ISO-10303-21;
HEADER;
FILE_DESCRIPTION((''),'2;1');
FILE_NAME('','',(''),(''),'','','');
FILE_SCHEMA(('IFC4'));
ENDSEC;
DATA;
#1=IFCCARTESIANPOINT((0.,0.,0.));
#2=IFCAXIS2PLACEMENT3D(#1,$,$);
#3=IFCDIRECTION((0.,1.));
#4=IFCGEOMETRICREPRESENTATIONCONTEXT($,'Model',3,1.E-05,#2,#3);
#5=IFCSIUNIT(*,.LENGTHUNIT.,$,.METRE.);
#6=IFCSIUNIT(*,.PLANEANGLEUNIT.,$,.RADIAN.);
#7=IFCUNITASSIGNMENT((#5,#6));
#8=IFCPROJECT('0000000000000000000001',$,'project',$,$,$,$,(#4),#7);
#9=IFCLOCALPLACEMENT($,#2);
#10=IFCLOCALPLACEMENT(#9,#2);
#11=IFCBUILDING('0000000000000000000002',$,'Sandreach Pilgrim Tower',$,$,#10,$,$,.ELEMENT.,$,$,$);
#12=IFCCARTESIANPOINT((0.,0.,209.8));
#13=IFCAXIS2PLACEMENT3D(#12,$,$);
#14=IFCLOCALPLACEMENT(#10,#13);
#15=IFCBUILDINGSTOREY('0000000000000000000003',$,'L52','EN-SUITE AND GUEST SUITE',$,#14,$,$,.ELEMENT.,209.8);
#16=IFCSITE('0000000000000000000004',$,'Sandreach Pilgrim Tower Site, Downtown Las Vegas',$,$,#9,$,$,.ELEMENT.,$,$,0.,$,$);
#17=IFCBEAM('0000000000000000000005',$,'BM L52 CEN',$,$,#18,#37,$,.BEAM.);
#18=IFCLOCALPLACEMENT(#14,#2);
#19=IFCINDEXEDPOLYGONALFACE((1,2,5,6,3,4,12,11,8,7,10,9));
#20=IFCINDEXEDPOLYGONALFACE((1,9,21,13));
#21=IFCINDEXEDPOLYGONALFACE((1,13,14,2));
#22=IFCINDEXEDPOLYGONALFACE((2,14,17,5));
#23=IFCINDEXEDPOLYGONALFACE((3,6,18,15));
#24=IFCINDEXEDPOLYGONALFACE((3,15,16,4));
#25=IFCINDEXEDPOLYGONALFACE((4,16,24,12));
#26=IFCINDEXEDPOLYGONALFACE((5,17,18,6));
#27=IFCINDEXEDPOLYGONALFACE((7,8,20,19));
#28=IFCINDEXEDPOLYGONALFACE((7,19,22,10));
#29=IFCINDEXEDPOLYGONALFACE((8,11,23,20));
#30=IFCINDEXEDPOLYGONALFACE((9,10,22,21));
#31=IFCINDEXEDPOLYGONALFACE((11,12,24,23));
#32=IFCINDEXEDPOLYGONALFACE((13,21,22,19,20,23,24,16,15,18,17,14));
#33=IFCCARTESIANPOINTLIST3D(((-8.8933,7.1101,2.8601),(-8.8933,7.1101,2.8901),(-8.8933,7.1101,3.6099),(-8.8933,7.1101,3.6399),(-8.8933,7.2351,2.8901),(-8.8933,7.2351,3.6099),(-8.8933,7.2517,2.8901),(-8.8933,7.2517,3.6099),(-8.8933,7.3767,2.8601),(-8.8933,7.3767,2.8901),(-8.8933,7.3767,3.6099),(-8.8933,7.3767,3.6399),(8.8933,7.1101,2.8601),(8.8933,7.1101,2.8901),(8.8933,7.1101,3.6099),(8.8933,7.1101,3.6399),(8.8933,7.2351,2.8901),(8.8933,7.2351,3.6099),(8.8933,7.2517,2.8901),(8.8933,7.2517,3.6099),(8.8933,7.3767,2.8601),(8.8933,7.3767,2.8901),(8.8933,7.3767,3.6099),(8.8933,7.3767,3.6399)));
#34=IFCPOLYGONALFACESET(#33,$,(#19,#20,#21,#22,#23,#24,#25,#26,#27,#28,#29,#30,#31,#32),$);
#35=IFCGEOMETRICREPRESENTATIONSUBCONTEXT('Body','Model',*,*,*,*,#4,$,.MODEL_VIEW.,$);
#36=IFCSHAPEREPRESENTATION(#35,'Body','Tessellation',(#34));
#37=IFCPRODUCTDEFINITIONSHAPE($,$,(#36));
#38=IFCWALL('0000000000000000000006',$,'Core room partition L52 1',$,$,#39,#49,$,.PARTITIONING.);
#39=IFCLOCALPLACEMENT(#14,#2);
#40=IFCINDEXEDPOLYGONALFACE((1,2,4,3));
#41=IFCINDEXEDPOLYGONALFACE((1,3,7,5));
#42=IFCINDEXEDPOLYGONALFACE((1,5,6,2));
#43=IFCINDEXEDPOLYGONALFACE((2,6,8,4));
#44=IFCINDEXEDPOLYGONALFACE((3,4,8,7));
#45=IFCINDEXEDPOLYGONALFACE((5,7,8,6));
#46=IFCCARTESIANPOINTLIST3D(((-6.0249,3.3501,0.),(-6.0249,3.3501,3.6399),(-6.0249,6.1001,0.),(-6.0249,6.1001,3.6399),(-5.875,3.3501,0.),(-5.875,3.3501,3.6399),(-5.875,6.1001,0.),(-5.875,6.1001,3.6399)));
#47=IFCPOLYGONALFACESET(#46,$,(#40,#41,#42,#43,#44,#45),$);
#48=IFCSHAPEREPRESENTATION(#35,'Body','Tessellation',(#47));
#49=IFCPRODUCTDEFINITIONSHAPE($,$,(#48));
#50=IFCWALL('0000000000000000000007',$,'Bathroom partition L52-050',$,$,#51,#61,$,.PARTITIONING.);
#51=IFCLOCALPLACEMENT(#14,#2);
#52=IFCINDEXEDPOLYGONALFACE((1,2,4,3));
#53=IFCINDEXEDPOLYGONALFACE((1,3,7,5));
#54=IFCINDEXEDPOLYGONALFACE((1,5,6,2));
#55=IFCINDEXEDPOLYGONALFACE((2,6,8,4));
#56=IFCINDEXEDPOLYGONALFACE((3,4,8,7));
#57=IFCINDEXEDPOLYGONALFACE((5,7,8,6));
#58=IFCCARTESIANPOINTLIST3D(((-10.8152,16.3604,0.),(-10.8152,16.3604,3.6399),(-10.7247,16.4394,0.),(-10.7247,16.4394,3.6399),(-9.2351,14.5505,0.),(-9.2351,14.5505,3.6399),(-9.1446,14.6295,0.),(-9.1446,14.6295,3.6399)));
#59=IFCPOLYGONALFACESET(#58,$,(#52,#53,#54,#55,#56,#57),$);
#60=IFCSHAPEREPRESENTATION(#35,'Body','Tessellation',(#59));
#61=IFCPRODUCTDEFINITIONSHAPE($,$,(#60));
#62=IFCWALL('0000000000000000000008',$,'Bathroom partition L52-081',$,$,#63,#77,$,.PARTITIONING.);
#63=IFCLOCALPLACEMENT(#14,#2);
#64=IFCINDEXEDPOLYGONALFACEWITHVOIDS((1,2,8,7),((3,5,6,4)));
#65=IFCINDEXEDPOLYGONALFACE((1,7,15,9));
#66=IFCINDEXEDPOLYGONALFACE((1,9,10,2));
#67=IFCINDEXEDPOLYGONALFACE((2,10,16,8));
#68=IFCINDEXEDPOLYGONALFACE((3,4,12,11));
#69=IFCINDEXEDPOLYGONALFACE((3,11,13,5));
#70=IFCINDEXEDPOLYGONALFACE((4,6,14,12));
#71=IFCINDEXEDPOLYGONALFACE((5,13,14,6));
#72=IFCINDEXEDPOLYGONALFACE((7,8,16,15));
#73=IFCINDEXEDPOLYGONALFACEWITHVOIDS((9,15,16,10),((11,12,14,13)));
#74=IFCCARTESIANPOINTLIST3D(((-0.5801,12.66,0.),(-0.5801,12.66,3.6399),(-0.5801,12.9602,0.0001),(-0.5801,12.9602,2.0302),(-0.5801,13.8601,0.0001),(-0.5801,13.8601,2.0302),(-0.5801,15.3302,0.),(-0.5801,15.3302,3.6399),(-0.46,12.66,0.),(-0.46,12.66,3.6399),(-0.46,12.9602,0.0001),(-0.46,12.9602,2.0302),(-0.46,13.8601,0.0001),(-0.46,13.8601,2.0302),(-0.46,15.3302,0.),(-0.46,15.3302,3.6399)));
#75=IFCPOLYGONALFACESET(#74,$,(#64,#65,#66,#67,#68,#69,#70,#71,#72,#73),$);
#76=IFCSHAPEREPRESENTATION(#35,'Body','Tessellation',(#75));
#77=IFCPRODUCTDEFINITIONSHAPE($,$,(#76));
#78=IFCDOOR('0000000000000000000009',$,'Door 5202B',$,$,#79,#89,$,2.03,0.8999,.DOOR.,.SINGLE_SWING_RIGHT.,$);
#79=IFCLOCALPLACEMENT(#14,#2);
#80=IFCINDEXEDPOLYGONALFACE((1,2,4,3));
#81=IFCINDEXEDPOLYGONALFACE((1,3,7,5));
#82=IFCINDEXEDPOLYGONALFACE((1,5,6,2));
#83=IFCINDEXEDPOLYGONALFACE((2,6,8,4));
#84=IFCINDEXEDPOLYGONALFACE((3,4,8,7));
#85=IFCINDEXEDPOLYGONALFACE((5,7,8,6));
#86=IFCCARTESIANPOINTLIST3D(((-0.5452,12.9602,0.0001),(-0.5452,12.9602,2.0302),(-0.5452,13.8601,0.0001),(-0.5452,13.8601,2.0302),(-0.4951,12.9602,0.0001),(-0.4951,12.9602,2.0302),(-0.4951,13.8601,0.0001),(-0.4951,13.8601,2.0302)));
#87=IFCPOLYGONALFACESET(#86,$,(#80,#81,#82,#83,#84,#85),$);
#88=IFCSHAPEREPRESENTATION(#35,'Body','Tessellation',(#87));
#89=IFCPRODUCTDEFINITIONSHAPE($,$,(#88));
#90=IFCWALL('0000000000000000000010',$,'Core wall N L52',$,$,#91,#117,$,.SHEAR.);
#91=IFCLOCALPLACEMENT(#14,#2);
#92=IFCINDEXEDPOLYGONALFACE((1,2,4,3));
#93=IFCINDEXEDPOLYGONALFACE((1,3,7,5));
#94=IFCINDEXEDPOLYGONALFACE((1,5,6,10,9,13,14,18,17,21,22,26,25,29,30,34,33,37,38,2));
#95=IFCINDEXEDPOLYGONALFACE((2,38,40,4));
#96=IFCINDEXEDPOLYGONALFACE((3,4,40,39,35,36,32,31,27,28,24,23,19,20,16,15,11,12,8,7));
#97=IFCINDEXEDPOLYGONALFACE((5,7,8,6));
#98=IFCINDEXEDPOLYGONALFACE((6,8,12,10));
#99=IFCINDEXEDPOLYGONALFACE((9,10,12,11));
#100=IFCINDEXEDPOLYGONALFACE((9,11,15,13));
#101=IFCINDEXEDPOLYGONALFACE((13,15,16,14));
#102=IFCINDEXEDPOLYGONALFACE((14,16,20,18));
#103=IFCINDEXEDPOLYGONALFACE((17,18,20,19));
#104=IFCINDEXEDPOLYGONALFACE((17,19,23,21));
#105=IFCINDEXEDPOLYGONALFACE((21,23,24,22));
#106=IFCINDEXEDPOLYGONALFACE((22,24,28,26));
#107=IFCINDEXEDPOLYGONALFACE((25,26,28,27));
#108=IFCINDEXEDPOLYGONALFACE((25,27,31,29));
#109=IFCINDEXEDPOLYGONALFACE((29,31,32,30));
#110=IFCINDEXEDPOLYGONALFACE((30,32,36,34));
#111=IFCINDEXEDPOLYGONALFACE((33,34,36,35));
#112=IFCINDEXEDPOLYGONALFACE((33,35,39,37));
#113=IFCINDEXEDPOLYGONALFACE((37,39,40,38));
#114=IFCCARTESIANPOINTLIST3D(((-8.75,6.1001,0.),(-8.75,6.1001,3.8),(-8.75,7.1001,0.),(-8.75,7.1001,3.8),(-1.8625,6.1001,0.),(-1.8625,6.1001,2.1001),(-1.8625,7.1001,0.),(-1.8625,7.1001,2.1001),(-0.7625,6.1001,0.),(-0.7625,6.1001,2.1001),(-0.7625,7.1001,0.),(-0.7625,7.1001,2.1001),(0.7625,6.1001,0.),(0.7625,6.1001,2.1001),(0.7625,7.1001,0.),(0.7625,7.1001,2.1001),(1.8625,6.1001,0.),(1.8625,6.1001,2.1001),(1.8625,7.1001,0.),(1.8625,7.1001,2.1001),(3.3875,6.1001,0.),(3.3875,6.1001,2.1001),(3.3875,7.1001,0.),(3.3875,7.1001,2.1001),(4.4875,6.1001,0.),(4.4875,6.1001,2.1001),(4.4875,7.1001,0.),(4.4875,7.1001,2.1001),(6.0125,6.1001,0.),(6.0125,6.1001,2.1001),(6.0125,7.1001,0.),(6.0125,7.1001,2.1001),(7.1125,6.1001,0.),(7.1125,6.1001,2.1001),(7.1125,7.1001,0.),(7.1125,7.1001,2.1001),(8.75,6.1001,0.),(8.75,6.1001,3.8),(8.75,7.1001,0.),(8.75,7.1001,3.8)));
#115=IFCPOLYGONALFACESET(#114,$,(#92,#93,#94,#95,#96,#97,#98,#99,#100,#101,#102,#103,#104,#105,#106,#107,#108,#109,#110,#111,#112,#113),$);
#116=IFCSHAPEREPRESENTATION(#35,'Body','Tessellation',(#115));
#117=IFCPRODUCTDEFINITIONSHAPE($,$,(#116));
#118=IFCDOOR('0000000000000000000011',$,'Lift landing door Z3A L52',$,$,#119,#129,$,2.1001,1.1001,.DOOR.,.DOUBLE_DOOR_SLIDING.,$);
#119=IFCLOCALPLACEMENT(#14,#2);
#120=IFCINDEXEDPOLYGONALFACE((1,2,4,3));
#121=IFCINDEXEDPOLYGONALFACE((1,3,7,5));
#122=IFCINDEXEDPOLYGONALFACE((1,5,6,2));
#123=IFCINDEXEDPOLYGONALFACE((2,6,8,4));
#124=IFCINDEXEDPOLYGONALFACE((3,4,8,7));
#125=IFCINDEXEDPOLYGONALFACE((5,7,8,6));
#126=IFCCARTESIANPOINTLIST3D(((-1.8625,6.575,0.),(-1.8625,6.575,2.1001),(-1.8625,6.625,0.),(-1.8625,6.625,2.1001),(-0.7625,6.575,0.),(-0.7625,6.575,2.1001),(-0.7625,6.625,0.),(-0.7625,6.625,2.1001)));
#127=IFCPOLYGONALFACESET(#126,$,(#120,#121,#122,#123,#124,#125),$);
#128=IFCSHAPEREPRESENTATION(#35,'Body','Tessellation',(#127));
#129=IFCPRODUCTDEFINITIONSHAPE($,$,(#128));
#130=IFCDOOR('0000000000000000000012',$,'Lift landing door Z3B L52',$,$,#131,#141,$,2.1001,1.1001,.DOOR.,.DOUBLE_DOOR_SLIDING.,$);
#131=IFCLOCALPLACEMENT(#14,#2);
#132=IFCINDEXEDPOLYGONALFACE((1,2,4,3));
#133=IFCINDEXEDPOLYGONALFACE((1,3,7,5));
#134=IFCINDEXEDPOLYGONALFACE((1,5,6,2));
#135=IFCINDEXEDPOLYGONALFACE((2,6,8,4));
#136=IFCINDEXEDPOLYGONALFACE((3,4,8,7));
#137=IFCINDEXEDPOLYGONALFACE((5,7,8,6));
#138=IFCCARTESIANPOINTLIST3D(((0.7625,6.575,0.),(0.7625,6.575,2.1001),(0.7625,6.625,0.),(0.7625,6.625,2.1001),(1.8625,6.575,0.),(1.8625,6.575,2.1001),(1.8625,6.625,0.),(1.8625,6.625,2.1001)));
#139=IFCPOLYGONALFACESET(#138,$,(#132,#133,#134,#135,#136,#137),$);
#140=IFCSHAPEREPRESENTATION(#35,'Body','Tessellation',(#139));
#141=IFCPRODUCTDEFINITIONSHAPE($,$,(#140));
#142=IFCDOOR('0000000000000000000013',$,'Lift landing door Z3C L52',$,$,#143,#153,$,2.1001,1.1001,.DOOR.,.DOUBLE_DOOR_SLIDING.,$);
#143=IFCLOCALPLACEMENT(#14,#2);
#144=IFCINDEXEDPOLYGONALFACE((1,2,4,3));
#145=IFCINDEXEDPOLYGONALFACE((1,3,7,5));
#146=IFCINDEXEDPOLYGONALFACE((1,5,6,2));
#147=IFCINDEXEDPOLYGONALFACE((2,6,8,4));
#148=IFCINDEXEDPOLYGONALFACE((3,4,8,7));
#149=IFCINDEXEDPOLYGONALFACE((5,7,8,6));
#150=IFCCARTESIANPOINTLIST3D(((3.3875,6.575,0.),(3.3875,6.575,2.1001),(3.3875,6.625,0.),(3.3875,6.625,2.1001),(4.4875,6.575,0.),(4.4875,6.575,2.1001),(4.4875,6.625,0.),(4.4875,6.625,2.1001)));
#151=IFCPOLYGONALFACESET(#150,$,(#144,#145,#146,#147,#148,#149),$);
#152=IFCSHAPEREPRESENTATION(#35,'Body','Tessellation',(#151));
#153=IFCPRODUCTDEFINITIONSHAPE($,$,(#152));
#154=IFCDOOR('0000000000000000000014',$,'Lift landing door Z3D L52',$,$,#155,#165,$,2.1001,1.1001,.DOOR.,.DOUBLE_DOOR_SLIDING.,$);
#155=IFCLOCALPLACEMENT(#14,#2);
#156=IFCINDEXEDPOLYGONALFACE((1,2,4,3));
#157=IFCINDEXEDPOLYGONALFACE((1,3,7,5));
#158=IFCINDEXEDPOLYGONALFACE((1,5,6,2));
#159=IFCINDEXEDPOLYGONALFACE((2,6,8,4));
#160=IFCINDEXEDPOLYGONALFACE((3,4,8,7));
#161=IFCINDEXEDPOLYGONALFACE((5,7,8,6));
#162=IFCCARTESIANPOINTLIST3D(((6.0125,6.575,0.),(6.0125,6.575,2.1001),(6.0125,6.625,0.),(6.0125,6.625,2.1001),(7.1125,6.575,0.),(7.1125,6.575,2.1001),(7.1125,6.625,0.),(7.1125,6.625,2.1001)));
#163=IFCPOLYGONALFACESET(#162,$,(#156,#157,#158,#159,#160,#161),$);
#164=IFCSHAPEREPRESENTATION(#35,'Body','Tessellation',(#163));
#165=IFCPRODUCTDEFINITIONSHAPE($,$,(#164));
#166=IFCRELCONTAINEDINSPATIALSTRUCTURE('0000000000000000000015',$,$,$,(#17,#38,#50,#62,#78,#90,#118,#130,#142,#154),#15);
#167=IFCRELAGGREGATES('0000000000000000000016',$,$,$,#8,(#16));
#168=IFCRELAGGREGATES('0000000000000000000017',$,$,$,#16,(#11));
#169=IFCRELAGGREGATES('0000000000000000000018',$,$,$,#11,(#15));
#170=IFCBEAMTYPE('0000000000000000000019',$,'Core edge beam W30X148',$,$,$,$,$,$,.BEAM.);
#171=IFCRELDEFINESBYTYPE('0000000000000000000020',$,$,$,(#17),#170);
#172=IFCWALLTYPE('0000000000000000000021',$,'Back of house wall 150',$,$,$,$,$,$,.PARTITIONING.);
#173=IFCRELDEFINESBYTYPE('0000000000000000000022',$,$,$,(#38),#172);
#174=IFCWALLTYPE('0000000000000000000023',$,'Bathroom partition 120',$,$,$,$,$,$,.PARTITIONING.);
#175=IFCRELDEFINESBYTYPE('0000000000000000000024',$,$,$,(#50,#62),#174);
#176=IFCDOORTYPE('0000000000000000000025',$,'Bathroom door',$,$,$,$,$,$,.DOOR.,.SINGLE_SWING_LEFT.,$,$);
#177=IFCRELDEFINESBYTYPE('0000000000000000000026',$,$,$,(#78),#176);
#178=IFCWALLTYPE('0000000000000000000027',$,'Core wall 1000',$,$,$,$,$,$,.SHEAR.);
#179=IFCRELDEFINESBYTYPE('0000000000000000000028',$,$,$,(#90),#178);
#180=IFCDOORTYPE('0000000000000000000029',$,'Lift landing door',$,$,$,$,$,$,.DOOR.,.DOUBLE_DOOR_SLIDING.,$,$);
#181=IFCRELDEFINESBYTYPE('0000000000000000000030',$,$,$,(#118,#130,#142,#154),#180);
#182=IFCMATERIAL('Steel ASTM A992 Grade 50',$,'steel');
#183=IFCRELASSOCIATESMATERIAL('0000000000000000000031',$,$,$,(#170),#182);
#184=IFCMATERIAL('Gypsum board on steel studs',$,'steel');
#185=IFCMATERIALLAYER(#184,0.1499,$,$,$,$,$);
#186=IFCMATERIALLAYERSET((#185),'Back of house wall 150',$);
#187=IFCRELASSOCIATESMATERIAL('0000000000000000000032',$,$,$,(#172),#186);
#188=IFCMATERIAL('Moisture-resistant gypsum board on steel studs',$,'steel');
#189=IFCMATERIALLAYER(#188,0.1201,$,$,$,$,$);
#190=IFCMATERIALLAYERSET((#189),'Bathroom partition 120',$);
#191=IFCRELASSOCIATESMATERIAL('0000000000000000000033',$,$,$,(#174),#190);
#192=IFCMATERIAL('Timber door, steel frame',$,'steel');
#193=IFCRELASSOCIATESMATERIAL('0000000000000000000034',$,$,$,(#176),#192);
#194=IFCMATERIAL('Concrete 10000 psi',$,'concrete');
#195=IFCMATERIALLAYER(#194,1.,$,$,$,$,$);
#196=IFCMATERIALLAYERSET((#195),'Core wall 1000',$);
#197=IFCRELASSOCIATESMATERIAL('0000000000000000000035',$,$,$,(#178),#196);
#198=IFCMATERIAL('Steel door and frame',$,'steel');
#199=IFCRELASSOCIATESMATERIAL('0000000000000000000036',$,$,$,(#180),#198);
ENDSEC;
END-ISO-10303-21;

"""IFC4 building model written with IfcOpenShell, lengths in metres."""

from ifc_helpers import new_model, si_unit, direction, frame, frame_2d, origin, origin_2d, place, context, subcontext, project, spatial, rectangle, i_section, extrude, material, layer, layer_set, material_profile, profile_set, type_object, element, fill, save


model = new_model("IFC4")

# Units and contexts
model_context = context("Model", 3, precision=1e-05, world=origin(), true_north=direction((0.0, 1.0)))
body_context = subcontext(model_context, "Body", "Model", "MODEL_VIEW")
ifc_project = project(units=[si_unit("LENGTHUNIT", "METRE"), si_unit("PLANEANGLEUNIT", "RADIAN")], contexts=[model_context])

# Site, building, storey
site_placement = place(None, origin())
site = spatial("IfcSite", under=ifc_project, at=site_placement, Name="Sandreach Pilgrim Tower Site, Downtown Las Vegas", CompositionType="ELEMENT", RefElevation=0.0)
building_placement = place(site_placement, origin())
building = spatial("IfcBuilding", under=site, at=building_placement, Name="Sandreach Pilgrim Tower", CompositionType="ELEMENT")
storey_placement = place(building_placement, frame((0.0, 0.0, 209.8)))
storey = spatial("IfcBuildingStorey", under=building, at=storey_placement, Name="L52", Description="EN-SUITE AND GUEST SUITE", CompositionType="ELEMENT", Elevation=209.8)

# Beam
ifc_material_1 = material(Name="Steel ASTM A992 Grade 50", Category="steel")
ifc_material_profile = material_profile(ifc_material_1, i_section(OverallWidth=0.2666, OverallDepth=0.7798, WebThickness=0.0166, FlangeThickness=0.03, at=origin_2d()), Name="W30X148")
ifc_profile_set = profile_set([ifc_material_profile], Name="Steel ASTM A992 Grade 50")
beam_type = type_object("IfcBeamType", Name="Core edge beam W30X148", PredefinedType="BEAM", material=ifc_profile_set)
beam_placement = place(storey_placement, frame((-8.8933, 7.2434, 3.25), z_axis=(1.0, 0.0, 0.0), x_axis=(0.0, 1.0, 0.0)))
element("IfcBeam", 1, at=beam_placement, inside=storey, type_object=beam_type, Name="BM L52 CEN", PredefinedType="BEAM", context=body_context, shape_type="SweptSolid", body=[
    extrude(i_section(OverallWidth=0.2666, OverallDepth=0.7798, WebThickness=0.0166, FlangeThickness=0.03, at=origin_2d()), origin(), (0.0, 0.0, 1.0), 17.7866),
])

# Walls
ifc_material_2 = material(Name="Gypsum board on steel studs", Category="steel")
ifc_layer_1 = layer(ifc_material_2, 0.1499)
ifc_layer_set_1 = layer_set([ifc_layer_1], Name="Back of house wall 150")
wall_type_1 = type_object("IfcWallType", Name="Back of house wall 150", PredefinedType="PARTITIONING", material=ifc_layer_set_1)
wall_1_placement = place(storey_placement, frame((-5.95, 3.3501, 0.0), z_axis=(0.0, 0.0, 1.0), x_axis=(0.0, 1.0, 0.0)))
element("IfcWall", 2, at=wall_1_placement, inside=storey, type_object=wall_type_1, Name="Core room partition L52 1", PredefinedType="PARTITIONING", context=body_context, shape_type="SweptSolid", body=[
    extrude(rectangle(XDim=2.75, YDim=0.1499, at=frame_2d((1.375, 0.0))), origin(), (0.0, 0.0, 1.0), 3.6399),
])
ifc_material_3 = material(Name="Moisture-resistant gypsum board on steel studs", Category="steel")
ifc_layer_2 = layer(ifc_material_3, 0.1201)
ifc_layer_set_2 = layer_set([ifc_layer_2], Name="Bathroom partition 120")
wall_type_2 = type_object("IfcWallType", Name="Bathroom partition 120", PredefinedType="PARTITIONING", material=ifc_layer_set_2)
wall_2_placement = place(storey_placement, frame((-9.1899, 14.5901, 0.0), z_axis=(0.0, 0.0, 1.0), x_axis=(-0.657677, 0.7533, 0.0)))
element("IfcWall", 3, at=wall_2_placement, inside=storey, type_object=wall_type_2, Name="Bathroom partition L52-050", PredefinedType="PARTITIONING", context=body_context, shape_type="SweptSolid", body=[
    extrude(rectangle(XDim=2.4026, YDim=0.1201, at=frame_2d((1.2012, 0.0))), origin(), (0.0, 0.0, 1.0), 3.6399),
])

# Wall, opening, door
wall_3_placement = place(storey_placement, frame((-0.52, 15.3301, 0.0), z_axis=(0.0, 0.0, 1.0), x_axis=(0.0, -1.0, 0.0)))
wall_3 = element("IfcWall", 4, at=wall_3_placement, inside=storey, type_object=wall_type_2, Name="Bathroom partition L52-081", PredefinedType="PARTITIONING", context=body_context, shape_type="SweptSolid", body=[
    extrude(rectangle(XDim=2.6702, YDim=0.1201, at=frame_2d((1.335, 0.0))), origin(), (0.0, 0.0, 1.0), 3.6399),
])
opening_1_placement = place(wall_3_placement, frame((1.47, 0.0, 0.0)))
opening_1 = element("IfcOpeningElement", 5, at=opening_1_placement, cuts=wall_3, PredefinedType="OPENING", context=body_context, shape_type="SweptSolid", body=[
    extrude(rectangle(XDim=0.8999, YDim=2.03, at=frame_2d((0.45, 1.0151))), frame((0.0, 0.0601, 0.0), z_axis=(0.0, -1.0, 0.0), x_axis=(1.0, 0.0, 0.0)), (0.0, 0.0, 1.0), 0.1201),
])
ifc_material_4 = material(Name="Timber door, steel frame", Category="steel")
door_type_1 = type_object("IfcDoorType", Name="Bathroom door", OperationType="SINGLE_SWING_LEFT", PredefinedType="DOOR", material=ifc_material_4)
door_1_placement = place(opening_1_placement, origin())
door_1 = element("IfcDoor", 6, at=door_1_placement, inside=storey, type_object=door_type_1, Name="Door 5202B", OperationType="SINGLE_SWING_RIGHT", OverallHeight=2.03, OverallWidth=0.8999, PredefinedType="DOOR", context=body_context, shape_type="SweptSolid", body=[
    extrude(rectangle(XDim=0.8999, YDim=2.03, at=frame_2d((0.45, 1.0151))), frame((0.0, 0.0249, 0.0), z_axis=(0.0, -1.0, 0.0), x_axis=(1.0, 0.0, 0.0)), (0.0, 0.0, 1.0), 0.05),
])
fill(opening_1, door_1)

# Wall, openings, doors
ifc_material_5 = material(Name="Concrete 10000 psi", Category="concrete")
ifc_layer_3 = layer(ifc_material_5, 1.0)
ifc_layer_set_3 = layer_set([ifc_layer_3], Name="Core wall 1000")
wall_type_3 = type_object("IfcWallType", Name="Core wall 1000", PredefinedType="SHEAR", material=ifc_layer_set_3)
wall_4_placement = place(storey_placement, frame((-8.75, 6.6001, 0.0), z_axis=(0.0, 0.0, 1.0), x_axis=(1.0, 0.0, 0.0)))
wall_4 = element("IfcWall", 7, at=wall_4_placement, inside=storey, type_object=wall_type_3, Name="Core wall N L52", PredefinedType="SHEAR", context=body_context, shape_type="SweptSolid", body=[
    extrude(rectangle(XDim=17.5, YDim=1.0, at=frame_2d((8.75, 0.0))), origin(), (0.0, 0.0, 1.0), 3.8),
])
opening_2_placement = place(wall_4_placement, frame((6.8875, 0.0, 0.0)))
opening_2 = element("IfcOpeningElement", 8, at=opening_2_placement, cuts=wall_4, PredefinedType="OPENING", context=body_context, shape_type="SweptSolid", body=[
    extrude(rectangle(XDim=1.1001, YDim=2.1001, at=frame_2d((0.55, 1.05))), frame((0.0, 0.5, 0.0), z_axis=(0.0, -1.0, 0.0), x_axis=(1.0, 0.0, 0.0)), (0.0, 0.0, 1.0), 1.0),
])
opening_3_placement = place(wall_4_placement, frame((9.5125, 0.0, 0.0)))
opening_3 = element("IfcOpeningElement", 9, at=opening_3_placement, cuts=wall_4, PredefinedType="OPENING", context=body_context, shape_type="SweptSolid", body=[
    extrude(rectangle(XDim=1.1001, YDim=2.1001, at=frame_2d((0.55, 1.05))), frame((0.0, 0.5, 0.0), z_axis=(0.0, -1.0, 0.0), x_axis=(1.0, 0.0, 0.0)), (0.0, 0.0, 1.0), 1.0),
])
opening_4_placement = place(wall_4_placement, frame((12.1375, 0.0, 0.0)))
opening_4 = element("IfcOpeningElement", 10, at=opening_4_placement, cuts=wall_4, PredefinedType="OPENING", context=body_context, shape_type="SweptSolid", body=[
    extrude(rectangle(XDim=1.1001, YDim=2.1001, at=frame_2d((0.55, 1.05))), frame((0.0, 0.5, 0.0), z_axis=(0.0, -1.0, 0.0), x_axis=(1.0, 0.0, 0.0)), (0.0, 0.0, 1.0), 1.0),
])
opening_5_placement = place(wall_4_placement, frame((14.7625, 0.0, 0.0)))
opening_5 = element("IfcOpeningElement", 11, at=opening_5_placement, cuts=wall_4, PredefinedType="OPENING", context=body_context, shape_type="SweptSolid", body=[
    extrude(rectangle(XDim=1.1001, YDim=2.1001, at=frame_2d((0.55, 1.05))), frame((0.0, 0.5, 0.0), z_axis=(0.0, -1.0, 0.0), x_axis=(1.0, 0.0, 0.0)), (0.0, 0.0, 1.0), 1.0),
])
ifc_material_6 = material(Name="Steel door and frame", Category="steel")
door_type_2 = type_object("IfcDoorType", Name="Lift landing door", OperationType="DOUBLE_DOOR_SLIDING", PredefinedType="DOOR", material=ifc_material_6)
door_2_placement = place(opening_2_placement, origin())
door_2 = element("IfcDoor", 12, at=door_2_placement, inside=storey, type_object=door_type_2, Name="Lift landing door Z3A L52", OperationType="DOUBLE_DOOR_SLIDING", OverallHeight=2.1001, OverallWidth=1.1001, PredefinedType="DOOR", context=body_context, shape_type="SweptSolid", body=[
    extrude(rectangle(XDim=1.1001, YDim=2.1001, at=frame_2d((0.55, 1.05))), frame((0.0, 0.0249, 0.0), z_axis=(0.0, -1.0, 0.0), x_axis=(1.0, 0.0, 0.0)), (0.0, 0.0, 1.0), 0.05),
])
fill(opening_2, door_2)
door_3_placement = place(opening_3_placement, origin())
door_3 = element("IfcDoor", 13, at=door_3_placement, inside=storey, type_object=door_type_2, Name="Lift landing door Z3B L52", OperationType="DOUBLE_DOOR_SLIDING", OverallHeight=2.1001, OverallWidth=1.1001, PredefinedType="DOOR", context=body_context, shape_type="SweptSolid", body=[
    extrude(rectangle(XDim=1.1001, YDim=2.1001, at=frame_2d((0.55, 1.05))), frame((0.0, 0.0249, 0.0), z_axis=(0.0, -1.0, 0.0), x_axis=(1.0, 0.0, 0.0)), (0.0, 0.0, 1.0), 0.05),
])
fill(opening_3, door_3)
door_4_placement = place(opening_4_placement, origin())
door_4 = element("IfcDoor", 14, at=door_4_placement, inside=storey, type_object=door_type_2, Name="Lift landing door Z3C L52", OperationType="DOUBLE_DOOR_SLIDING", OverallHeight=2.1001, OverallWidth=1.1001, PredefinedType="DOOR", context=body_context, shape_type="SweptSolid", body=[
    extrude(rectangle(XDim=1.1001, YDim=2.1001, at=frame_2d((0.55, 1.05))), frame((0.0, 0.0249, 0.0), z_axis=(0.0, -1.0, 0.0), x_axis=(1.0, 0.0, 0.0)), (0.0, 0.0, 1.0), 0.05),
])
fill(opening_4, door_4)
door_5_placement = place(opening_5_placement, origin())
door_5 = element("IfcDoor", 15, at=door_5_placement, inside=storey, type_object=door_type_2, Name="Lift landing door Z3D L52", OperationType="DOUBLE_DOOR_SLIDING", OverallHeight=2.1001, OverallWidth=1.1001, PredefinedType="DOOR", context=body_context, shape_type="SweptSolid", body=[
    extrude(rectangle(XDim=1.1001, YDim=2.1001, at=frame_2d((0.55, 1.05))), frame((0.0, 0.0249, 0.0), z_axis=(0.0, -1.0, 0.0), x_axis=(1.0, 0.0, 0.0)), (0.0, 0.0, 1.0), 0.05),
])
fill(opening_5, door_5)

save(model, "model.ifc")
